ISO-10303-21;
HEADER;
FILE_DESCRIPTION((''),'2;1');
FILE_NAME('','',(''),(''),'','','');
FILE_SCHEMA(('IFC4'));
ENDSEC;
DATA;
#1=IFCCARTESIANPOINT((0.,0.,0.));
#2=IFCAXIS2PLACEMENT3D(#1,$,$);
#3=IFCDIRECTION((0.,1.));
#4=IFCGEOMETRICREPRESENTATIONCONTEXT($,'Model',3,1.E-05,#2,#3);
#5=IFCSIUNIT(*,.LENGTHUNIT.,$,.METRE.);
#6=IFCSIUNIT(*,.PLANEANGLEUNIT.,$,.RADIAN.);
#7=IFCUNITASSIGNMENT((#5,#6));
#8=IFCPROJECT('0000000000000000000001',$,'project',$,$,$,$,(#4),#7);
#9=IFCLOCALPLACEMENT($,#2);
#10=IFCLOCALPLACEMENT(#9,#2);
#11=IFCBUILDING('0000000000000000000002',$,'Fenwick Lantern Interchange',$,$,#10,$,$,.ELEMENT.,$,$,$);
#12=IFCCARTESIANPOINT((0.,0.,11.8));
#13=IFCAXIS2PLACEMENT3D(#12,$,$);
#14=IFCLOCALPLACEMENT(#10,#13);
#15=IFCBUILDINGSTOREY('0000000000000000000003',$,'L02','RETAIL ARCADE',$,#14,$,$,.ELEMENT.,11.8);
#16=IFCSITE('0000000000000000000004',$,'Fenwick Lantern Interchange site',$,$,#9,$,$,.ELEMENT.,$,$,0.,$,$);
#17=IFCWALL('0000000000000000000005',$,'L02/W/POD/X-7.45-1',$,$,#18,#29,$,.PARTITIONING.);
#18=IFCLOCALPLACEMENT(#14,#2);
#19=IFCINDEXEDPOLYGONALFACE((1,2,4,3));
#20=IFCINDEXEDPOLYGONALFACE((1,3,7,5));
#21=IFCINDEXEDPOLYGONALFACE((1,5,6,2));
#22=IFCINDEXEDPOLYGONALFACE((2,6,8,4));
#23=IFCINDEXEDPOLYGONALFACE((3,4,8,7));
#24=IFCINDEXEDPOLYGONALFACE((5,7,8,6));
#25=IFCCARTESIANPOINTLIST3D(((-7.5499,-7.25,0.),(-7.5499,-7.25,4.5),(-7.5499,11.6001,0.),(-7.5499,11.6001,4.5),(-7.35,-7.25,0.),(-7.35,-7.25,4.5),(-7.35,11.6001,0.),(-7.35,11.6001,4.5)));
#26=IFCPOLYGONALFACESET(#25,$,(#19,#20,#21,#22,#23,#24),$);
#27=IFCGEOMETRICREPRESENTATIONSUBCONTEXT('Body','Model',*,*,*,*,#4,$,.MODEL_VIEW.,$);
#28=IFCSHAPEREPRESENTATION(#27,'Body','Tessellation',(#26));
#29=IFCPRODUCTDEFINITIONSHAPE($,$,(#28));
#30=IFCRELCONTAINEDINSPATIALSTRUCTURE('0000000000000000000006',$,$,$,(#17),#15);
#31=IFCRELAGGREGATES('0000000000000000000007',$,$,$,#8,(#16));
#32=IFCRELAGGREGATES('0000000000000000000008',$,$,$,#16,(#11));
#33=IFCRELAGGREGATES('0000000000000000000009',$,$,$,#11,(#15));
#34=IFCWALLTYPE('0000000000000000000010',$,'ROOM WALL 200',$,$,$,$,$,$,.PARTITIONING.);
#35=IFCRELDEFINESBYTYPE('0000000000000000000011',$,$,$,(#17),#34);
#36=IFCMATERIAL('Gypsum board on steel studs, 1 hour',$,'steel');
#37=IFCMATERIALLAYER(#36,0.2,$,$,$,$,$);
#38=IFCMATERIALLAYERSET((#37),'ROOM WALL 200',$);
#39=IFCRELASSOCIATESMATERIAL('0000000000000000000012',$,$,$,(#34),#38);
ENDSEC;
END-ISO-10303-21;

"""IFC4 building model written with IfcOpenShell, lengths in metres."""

from ifc_helpers import new_model, si_unit, direction, frame, frame_2d, origin, place, context, subcontext, project, spatial, rectangle, extrude, material, layer, layer_set, type_object, element, save


model = new_model("IFC4")

# Units and contexts
model_context = context("Model", 3, precision=1e-05, world=origin(), true_north=direction((0.0, 1.0)))
body_context = subcontext(model_context, "Body", "Model", "MODEL_VIEW")
ifc_project = project(units=[si_unit("LENGTHUNIT", "METRE"), si_unit("PLANEANGLEUNIT", "RADIAN")], contexts=[model_context])

# Site, building, storey
site_placement = place(None, origin())
site = spatial("IfcSite", under=ifc_project, at=site_placement, Name="Fenwick Lantern Interchange site", CompositionType="ELEMENT", RefElevation=0.0)
building_placement = place(site_placement, origin())
building = spatial("IfcBuilding", under=site, at=building_placement, Name="Fenwick Lantern Interchange", CompositionType="ELEMENT")
storey_placement = place(building_placement, frame((0.0, 0.0, 11.8)))
storey = spatial("IfcBuildingStorey", under=building, at=storey_placement, Name="L02", Description="RETAIL ARCADE", CompositionType="ELEMENT", Elevation=11.8)

# Wall
ifc_material_1 = material(Name="Gypsum board on steel studs, 1 hour", Category="steel")
ifc_layer_1 = layer(ifc_material_1, 0.2)
ifc_layer_set_1 = layer_set([ifc_layer_1], Name="ROOM WALL 200")
wall_type_1 = type_object("IfcWallType", Name="ROOM WALL 200", PredefinedType="PARTITIONING", material=ifc_layer_set_1)
wall_1_placement = place(storey_placement, frame((-7.45, -7.25, 0.0), z_axis=(0.0, 0.0, 1.0), x_axis=(0.0, 1.0, 0.0)))
element("IfcWall", 1, at=wall_1_placement, inside=storey, type_object=wall_type_1, Name="L02/W/POD/X-7.45-1", PredefinedType="PARTITIONING", context=body_context, shape_type="SweptSolid", body=[
    extrude(rectangle(XDim=18.8501, YDim=0.2, at=frame_2d((9.425, 0.0))), origin(), (0.0, 0.0, 1.0), 4.5),
])

save(model, "model.ifc")
